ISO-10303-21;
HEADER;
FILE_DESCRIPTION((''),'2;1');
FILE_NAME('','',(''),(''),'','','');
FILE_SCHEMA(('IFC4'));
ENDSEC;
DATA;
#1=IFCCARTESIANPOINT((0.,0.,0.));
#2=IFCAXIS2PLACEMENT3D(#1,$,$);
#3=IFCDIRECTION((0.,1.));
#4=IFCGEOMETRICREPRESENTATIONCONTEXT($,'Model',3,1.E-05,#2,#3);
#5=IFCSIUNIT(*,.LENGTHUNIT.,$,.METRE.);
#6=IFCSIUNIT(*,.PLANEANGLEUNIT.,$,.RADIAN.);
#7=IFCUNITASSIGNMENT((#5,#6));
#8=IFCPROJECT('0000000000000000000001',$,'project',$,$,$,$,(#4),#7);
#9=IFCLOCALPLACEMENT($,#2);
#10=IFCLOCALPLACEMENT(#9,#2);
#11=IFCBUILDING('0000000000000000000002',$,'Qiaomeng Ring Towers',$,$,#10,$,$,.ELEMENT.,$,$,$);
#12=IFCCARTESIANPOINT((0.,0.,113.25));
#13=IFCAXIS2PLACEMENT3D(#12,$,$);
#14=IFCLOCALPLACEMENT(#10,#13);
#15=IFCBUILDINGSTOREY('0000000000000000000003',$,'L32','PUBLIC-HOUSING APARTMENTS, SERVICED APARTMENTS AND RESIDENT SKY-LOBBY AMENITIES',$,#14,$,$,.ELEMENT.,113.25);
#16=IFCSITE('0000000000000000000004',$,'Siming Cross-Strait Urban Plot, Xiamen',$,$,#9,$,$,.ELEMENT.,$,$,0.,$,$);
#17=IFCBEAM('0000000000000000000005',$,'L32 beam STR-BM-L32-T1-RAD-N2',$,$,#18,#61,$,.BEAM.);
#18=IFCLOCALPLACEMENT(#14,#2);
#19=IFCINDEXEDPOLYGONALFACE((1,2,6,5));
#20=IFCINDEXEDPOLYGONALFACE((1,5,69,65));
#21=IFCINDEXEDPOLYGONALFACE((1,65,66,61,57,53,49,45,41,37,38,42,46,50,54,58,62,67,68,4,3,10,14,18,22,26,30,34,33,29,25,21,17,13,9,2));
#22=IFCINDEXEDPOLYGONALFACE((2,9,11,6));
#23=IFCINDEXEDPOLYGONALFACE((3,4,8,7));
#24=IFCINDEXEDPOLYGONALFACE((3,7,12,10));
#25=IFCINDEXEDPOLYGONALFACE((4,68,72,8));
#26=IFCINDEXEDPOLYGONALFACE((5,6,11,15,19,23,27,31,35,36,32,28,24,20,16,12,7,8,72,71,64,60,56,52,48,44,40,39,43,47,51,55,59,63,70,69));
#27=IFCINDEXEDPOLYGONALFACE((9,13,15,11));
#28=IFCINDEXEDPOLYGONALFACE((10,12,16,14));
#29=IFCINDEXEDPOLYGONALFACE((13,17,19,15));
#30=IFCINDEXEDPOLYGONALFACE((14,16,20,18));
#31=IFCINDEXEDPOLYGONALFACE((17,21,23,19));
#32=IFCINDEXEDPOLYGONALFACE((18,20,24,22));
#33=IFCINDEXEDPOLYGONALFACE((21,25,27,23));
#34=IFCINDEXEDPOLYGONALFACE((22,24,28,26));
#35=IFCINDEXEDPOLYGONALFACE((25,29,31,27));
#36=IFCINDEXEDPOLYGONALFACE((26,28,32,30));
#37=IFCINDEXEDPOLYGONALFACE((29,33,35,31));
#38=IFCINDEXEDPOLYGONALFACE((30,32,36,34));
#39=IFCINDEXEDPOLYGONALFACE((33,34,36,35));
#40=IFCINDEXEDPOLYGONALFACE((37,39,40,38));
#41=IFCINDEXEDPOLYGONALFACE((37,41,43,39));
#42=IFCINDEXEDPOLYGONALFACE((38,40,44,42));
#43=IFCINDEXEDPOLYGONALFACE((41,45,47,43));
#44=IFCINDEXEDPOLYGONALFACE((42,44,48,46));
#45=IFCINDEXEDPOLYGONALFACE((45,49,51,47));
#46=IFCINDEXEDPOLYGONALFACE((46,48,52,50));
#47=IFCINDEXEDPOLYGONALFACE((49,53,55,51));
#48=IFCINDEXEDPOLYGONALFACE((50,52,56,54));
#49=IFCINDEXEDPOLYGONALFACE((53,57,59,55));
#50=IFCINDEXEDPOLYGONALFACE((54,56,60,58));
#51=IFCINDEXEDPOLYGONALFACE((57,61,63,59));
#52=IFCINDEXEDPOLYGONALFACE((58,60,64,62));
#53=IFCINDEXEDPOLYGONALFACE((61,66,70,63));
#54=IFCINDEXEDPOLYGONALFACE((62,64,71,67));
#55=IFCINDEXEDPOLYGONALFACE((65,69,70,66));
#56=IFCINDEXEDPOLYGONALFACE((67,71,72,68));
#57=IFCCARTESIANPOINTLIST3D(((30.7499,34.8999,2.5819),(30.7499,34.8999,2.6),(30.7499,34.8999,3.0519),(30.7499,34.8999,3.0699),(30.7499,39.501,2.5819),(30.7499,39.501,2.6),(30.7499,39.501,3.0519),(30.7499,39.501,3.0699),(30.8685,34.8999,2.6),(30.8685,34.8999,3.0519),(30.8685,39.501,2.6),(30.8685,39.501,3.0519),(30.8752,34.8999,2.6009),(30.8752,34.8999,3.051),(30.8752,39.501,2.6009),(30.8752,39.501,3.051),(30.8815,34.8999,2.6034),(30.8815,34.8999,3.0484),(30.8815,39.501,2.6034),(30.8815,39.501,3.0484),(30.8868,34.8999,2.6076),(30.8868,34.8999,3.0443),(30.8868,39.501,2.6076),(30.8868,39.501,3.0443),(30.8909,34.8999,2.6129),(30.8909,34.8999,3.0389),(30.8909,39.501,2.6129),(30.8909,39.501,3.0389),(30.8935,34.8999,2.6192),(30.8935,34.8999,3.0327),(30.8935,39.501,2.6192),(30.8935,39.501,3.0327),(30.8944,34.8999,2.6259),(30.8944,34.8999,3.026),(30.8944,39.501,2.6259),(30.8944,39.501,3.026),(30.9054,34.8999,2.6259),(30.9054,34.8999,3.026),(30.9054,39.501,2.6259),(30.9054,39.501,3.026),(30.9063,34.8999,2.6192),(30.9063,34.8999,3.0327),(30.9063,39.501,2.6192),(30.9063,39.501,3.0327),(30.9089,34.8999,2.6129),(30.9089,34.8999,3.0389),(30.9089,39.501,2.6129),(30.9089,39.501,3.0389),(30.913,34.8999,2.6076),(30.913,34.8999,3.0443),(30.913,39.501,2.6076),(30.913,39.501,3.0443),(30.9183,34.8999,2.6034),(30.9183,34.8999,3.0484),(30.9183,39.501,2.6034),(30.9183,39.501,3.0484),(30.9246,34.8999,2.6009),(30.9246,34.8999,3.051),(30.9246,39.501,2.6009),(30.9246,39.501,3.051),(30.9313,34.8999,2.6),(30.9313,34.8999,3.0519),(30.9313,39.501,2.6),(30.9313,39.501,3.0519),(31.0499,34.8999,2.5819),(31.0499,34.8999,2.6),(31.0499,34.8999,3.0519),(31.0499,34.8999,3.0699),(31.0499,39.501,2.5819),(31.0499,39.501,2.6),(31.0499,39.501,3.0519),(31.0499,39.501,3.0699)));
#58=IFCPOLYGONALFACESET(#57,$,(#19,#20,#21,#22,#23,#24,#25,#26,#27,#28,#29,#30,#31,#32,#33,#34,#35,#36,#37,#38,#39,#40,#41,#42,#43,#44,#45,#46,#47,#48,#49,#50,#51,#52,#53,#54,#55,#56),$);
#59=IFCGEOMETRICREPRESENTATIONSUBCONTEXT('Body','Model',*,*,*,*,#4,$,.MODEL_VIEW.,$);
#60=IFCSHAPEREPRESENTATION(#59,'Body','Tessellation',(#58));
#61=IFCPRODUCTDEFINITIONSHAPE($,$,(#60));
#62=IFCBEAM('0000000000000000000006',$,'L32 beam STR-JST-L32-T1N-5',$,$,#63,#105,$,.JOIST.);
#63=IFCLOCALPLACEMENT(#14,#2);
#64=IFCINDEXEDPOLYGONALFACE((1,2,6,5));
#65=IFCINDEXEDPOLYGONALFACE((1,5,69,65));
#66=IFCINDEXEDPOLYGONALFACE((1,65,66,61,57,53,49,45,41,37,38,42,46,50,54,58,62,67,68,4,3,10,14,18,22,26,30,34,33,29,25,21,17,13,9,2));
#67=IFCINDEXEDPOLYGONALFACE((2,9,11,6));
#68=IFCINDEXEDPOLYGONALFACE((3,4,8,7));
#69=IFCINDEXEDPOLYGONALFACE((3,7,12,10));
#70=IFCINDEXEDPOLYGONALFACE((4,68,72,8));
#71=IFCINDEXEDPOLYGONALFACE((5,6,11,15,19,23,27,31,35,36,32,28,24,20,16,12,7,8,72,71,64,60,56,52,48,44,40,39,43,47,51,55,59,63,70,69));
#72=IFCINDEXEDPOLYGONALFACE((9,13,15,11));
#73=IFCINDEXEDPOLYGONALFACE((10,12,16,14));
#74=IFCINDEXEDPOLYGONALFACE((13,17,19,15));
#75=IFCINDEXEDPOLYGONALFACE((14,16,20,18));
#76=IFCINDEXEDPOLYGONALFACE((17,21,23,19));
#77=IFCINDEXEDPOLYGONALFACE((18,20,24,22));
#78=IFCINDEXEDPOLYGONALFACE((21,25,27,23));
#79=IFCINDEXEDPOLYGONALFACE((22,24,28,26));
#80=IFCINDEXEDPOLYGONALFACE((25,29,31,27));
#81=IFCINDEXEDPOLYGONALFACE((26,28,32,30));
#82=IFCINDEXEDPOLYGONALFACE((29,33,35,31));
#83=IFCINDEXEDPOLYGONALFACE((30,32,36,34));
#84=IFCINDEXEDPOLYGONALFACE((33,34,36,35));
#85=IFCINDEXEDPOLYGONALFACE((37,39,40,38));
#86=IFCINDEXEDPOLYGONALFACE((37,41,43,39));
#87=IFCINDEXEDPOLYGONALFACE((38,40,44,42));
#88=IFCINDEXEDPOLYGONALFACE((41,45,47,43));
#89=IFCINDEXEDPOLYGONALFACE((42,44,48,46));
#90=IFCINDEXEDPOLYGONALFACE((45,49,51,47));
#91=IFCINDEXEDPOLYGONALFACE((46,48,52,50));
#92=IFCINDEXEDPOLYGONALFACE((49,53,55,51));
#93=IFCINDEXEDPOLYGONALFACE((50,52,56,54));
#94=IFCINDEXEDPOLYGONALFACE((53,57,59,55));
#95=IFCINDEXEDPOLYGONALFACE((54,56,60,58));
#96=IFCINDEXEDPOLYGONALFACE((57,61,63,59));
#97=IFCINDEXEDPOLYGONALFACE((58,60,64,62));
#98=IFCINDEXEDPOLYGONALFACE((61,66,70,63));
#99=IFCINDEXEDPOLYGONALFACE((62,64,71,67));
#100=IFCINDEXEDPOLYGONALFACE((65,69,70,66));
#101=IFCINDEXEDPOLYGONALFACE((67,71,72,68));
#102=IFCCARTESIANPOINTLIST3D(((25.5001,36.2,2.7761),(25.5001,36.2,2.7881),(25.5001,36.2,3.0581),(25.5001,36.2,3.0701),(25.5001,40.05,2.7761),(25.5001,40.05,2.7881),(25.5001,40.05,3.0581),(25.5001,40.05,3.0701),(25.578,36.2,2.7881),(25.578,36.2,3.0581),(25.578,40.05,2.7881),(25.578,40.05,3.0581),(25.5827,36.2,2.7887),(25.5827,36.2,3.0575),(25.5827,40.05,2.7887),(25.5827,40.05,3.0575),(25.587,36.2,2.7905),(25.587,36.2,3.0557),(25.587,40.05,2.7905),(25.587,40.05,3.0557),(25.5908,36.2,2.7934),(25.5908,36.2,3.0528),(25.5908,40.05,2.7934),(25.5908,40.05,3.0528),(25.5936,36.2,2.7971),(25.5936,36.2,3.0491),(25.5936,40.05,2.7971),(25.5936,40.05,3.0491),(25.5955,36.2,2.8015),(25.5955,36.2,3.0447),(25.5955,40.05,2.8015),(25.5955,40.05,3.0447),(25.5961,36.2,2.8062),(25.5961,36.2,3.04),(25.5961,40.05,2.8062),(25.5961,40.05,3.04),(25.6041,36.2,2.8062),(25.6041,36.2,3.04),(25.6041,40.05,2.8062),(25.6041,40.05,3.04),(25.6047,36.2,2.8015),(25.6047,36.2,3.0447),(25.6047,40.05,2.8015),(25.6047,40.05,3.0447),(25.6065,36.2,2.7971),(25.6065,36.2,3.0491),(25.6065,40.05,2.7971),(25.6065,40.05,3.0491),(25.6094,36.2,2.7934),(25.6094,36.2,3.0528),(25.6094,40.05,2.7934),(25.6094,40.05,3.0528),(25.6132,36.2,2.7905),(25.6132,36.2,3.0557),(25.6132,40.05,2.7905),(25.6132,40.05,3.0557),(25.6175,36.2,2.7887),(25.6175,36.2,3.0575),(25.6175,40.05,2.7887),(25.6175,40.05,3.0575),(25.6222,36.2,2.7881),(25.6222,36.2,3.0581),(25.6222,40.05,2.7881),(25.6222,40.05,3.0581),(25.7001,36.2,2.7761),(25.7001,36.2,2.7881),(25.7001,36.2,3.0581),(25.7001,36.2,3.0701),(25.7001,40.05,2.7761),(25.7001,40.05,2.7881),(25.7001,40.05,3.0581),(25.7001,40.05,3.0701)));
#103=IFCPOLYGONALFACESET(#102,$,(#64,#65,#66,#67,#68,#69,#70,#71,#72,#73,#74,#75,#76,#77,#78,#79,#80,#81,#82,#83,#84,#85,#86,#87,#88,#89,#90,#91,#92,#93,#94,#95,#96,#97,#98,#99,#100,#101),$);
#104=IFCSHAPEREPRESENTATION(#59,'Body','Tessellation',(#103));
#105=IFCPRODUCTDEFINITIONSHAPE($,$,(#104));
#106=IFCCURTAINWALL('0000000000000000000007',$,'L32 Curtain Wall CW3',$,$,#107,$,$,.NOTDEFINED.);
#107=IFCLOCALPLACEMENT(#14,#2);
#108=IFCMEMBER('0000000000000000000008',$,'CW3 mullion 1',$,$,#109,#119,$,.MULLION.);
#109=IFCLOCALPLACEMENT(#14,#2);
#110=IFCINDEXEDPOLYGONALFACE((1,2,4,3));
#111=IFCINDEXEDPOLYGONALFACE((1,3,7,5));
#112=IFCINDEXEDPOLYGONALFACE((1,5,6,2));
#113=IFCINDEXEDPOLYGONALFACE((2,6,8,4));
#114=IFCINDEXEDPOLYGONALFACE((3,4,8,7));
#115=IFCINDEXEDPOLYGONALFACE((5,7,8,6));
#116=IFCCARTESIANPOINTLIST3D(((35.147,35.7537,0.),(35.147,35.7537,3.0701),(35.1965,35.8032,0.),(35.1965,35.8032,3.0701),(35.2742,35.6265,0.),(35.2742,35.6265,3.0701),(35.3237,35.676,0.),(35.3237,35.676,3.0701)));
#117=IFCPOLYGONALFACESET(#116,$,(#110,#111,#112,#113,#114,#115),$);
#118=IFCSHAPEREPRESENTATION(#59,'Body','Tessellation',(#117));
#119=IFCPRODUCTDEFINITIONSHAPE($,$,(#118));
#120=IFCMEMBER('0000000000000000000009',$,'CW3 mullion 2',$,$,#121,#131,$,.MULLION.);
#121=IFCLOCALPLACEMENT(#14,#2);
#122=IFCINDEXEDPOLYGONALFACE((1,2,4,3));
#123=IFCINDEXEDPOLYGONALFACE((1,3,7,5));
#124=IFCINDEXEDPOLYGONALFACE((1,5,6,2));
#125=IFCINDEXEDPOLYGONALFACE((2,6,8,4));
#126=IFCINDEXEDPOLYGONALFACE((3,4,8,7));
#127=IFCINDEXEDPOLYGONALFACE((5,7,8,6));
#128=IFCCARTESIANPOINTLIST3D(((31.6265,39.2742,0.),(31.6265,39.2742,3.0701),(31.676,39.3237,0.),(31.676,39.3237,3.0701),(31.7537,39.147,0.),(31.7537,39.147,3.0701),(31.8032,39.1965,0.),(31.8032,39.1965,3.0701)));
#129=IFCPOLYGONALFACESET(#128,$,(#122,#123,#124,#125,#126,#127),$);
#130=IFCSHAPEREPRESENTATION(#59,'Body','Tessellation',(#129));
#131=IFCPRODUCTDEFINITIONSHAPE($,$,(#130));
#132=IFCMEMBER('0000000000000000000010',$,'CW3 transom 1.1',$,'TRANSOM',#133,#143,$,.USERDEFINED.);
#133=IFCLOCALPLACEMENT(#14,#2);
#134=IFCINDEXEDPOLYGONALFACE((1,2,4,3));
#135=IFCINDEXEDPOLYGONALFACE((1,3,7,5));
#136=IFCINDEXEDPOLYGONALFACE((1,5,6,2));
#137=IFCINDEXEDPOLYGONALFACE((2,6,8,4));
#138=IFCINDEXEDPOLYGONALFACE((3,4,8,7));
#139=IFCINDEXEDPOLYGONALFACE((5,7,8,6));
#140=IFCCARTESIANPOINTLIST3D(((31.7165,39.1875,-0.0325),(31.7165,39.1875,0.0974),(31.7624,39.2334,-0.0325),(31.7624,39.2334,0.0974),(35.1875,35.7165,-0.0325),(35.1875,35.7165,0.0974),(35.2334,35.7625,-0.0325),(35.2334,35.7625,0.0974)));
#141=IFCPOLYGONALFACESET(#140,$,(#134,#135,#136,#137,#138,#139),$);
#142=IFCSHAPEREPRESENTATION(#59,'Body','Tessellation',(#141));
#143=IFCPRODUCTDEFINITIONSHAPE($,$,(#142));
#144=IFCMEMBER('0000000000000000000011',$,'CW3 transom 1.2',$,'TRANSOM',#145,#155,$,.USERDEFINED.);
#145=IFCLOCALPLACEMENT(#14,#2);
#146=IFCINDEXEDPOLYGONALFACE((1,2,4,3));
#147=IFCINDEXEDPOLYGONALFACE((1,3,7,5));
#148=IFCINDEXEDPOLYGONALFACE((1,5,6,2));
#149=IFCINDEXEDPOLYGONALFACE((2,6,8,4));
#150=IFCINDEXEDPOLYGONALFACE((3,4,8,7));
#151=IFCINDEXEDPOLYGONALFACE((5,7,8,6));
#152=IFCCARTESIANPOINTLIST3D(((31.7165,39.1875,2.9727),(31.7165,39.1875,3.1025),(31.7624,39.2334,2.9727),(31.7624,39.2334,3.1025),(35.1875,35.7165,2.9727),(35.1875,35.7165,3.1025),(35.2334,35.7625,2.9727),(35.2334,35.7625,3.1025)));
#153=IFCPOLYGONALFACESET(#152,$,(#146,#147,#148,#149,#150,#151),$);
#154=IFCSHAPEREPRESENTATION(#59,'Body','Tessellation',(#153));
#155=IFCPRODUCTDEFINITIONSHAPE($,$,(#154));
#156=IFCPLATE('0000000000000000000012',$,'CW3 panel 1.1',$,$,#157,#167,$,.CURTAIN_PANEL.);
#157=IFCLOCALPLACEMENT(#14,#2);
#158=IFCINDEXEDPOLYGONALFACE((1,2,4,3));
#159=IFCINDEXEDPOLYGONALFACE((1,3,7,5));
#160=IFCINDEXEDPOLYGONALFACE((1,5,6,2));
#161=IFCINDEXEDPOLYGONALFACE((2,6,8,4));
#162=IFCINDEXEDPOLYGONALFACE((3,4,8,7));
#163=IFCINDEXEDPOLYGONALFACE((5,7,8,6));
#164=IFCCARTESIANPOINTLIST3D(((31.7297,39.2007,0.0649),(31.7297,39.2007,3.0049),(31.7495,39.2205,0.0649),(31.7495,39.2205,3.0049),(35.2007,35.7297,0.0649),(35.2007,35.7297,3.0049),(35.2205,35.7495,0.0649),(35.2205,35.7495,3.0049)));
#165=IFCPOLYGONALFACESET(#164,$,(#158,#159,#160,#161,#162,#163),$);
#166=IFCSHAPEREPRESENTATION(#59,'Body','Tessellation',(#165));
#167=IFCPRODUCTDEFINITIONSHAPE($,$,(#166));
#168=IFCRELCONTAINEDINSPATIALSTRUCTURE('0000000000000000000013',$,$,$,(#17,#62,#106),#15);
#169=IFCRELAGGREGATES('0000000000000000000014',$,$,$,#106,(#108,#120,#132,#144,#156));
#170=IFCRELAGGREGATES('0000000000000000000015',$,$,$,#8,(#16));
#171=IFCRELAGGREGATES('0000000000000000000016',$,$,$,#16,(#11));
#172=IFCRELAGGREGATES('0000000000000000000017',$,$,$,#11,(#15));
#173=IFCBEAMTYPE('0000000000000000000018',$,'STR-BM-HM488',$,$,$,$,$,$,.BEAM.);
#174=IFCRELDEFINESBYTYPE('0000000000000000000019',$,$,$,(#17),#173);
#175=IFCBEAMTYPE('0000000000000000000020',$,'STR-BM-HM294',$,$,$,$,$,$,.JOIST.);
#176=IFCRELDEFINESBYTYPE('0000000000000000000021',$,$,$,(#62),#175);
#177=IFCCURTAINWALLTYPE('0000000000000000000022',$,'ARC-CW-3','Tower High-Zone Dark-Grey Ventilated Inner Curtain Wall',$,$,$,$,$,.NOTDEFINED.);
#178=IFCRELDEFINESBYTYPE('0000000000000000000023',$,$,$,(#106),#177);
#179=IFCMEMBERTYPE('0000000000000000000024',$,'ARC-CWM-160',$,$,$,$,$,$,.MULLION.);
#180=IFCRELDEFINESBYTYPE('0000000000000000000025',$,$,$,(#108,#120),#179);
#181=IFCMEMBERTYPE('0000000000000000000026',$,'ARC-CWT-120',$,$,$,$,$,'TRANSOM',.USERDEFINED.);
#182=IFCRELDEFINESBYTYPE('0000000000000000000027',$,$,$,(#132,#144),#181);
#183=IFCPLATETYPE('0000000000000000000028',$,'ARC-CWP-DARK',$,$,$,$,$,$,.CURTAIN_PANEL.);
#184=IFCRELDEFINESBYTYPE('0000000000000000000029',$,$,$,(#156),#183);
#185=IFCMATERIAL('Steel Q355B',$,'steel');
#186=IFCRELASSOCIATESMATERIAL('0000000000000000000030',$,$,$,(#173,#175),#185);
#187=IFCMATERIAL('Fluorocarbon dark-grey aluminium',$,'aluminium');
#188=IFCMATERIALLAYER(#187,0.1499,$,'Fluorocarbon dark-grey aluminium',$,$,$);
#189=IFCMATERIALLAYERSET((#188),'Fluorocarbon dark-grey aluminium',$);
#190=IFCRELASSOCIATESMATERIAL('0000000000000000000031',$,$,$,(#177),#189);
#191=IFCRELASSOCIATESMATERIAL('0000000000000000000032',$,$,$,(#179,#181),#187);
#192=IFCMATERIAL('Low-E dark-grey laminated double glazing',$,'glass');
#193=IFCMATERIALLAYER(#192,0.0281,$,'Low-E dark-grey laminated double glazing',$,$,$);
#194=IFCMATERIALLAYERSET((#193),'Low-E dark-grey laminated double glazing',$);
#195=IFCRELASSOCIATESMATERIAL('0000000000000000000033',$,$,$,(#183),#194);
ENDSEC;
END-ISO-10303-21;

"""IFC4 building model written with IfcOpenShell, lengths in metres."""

from ifc_helpers import new_model, si_unit, direction, frame, origin, origin_2d, place, context, subcontext, project, spatial, rectangle, i_section, extrude, source, transform, mapped, material, layer, layer_set, material_profile, profile_set, type_object, element, aggregate, save


model = new_model("IFC4")

# Units and contexts
model_context = context("Model", 3, precision=1e-05, world=origin(), true_north=direction((0.0, 1.0)))
body_context = subcontext(model_context, "Body", "Model", "MODEL_VIEW")
ifc_project = project(units=[si_unit("LENGTHUNIT", "METRE"), si_unit("PLANEANGLEUNIT", "RADIAN")], contexts=[model_context])

# Site, building, storey
site_placement = place(None, origin())
site = spatial("IfcSite", under=ifc_project, at=site_placement, Name="Siming Cross-Strait Urban Plot, Xiamen", CompositionType="ELEMENT", RefElevation=0.0)
building_placement = place(site_placement, origin())
building = spatial("IfcBuilding", under=site, at=building_placement, Name="Qiaomeng Ring Towers", CompositionType="ELEMENT")
storey_placement = place(building_placement, frame((0.0, 0.0, 113.25)))
storey = spatial("IfcBuildingStorey", under=building, at=storey_placement, Name="L32", Description="PUBLIC-HOUSING APARTMENTS, SERVICED APARTMENTS AND RESIDENT SKY-LOBBY AMENITIES", CompositionType="ELEMENT", Elevation=113.25)

# Beams
ifc_material_1 = material(Name="Steel Q355B", Category="steel")
ifc_material_profile_1 = material_profile(ifc_material_1, i_section(OverallWidth=0.3, OverallDepth=0.488, WebThickness=0.011, FlangeThickness=0.0181, FilletRadius=0.0259, at=origin_2d()), Name="HM 488x300x11x18")
ifc_profile_set_1 = profile_set([ifc_material_profile_1], Name="Steel Q355B")
beam_type_1 = type_object("IfcBeamType", Name="STR-BM-HM488", PredefinedType="BEAM", material=ifc_profile_set_1)
shared_shape_1 = source(origin(), body_context, "Body", "SweptSolid", [
    extrude(i_section(OverallWidth=0.3, OverallDepth=0.488, WebThickness=0.011, FlangeThickness=0.0181, FilletRadius=0.0259, at=origin_2d()), origin(), (0.0, 0.0, 1.0), 4.6011),
])
beam_1_placement = place(storey_placement, frame((30.8999, 39.501, 2.8259), z_axis=(0.0, -1.0, 0.0), x_axis=(1.0, 0.0, 0.0)))
element("IfcBeam", 1, at=beam_1_placement, inside=storey, type_object=beam_type_1, Name="L32 beam STR-BM-L32-T1-RAD-N2", PredefinedType="BEAM", context=body_context, shape_type="MappedRepresentation", body=[
    mapped(shared_shape_1, transform((0.0, 0.0, 0.0), x_axis=(1.0, 0.0, 0.0), y_axis=(0.0, 1.0, 0.0), z_axis=(0.0, 0.0, 1.0), scale=1.0)),
])
ifc_material_profile_2 = material_profile(ifc_material_1, i_section(OverallWidth=0.2, OverallDepth=0.2939, WebThickness=0.0081, FlangeThickness=0.012, FilletRadius=0.0181, at=origin_2d()), Name="HM 294x200x8x12")
ifc_profile_set_2 = profile_set([ifc_material_profile_2], Name="Steel Q355B")
beam_type_2 = type_object("IfcBeamType", Name="STR-BM-HM294", PredefinedType="JOIST", material=ifc_profile_set_2)
shared_shape_2 = source(origin(), body_context, "Body", "SweptSolid", [
    extrude(i_section(OverallWidth=0.2, OverallDepth=0.2939, WebThickness=0.0081, FlangeThickness=0.012, FilletRadius=0.0181, at=origin_2d()), origin(), (0.0, 0.0, 1.0), 3.8501),
])
beam_2_placement = place(storey_placement, frame((25.6001, 36.2, 2.9231), z_axis=(0.0, 1.0, 0.0), x_axis=(-1.0, 0.0, 0.0)))
element("IfcBeam", 2, at=beam_2_placement, inside=storey, type_object=beam_type_2, Name="L32 beam STR-JST-L32-T1N-5", PredefinedType="JOIST", context=body_context, shape_type="MappedRepresentation", body=[
    mapped(shared_shape_2, transform((0.0, 0.0, 0.0), x_axis=(1.0, 0.0, 0.0), y_axis=(0.0, 1.0, 0.0), z_axis=(0.0, 0.0, 1.0), scale=1.0)),
])

# Curtain wall, members, plate
ifc_material_2 = material(Name="Fluorocarbon dark-grey aluminium", Category="aluminium")
ifc_layer_1 = layer(ifc_material_2, 0.1499, Name="Fluorocarbon dark-grey aluminium")
ifc_layer_set_1 = layer_set([ifc_layer_1], Name="Fluorocarbon dark-grey aluminium")
curtain_wall_type = type_object("IfcCurtainWallType", Name="ARC-CW-3", Description="Tower High-Zone Dark-Grey Ventilated Inner Curtain Wall", PredefinedType="NOTDEFINED", material=ifc_layer_set_1)
curtain_wall_placement = place(storey_placement, origin())
curtain_wall = element("IfcCurtainWall", 3, at=curtain_wall_placement, inside=storey, type_object=curtain_wall_type, Name="L32 Curtain Wall CW3", PredefinedType="NOTDEFINED")
ifc_material_profile_3 = material_profile(ifc_material_2, rectangle(XDim=0.0701, YDim=0.1799, at=origin_2d()), Name="ALU MULL 70x180")
ifc_profile_set_3 = profile_set([ifc_material_profile_3], Name="Fluorocarbon dark-grey aluminium")
member_type_1 = type_object("IfcMemberType", Name="ARC-CWM-160", PredefinedType="MULLION", material=ifc_profile_set_3)
shared_shape_3 = source(origin(), body_context, "Body", "SweptSolid", [
    extrude(rectangle(XDim=0.0701, YDim=0.1799, at=origin_2d()), origin(), (0.0, 0.0, 1.0), 3.0701),
])
member_1_placement = place(storey_placement, frame((35.2354, 35.7148, 0.0), z_axis=(0.0, 0.0, 1.0), x_axis=(-0.707107, -0.707107, 0.0)))
member_1 = element("IfcMember", 4, at=member_1_placement, type_object=member_type_1, Name="CW3 mullion 1", PredefinedType="MULLION", context=body_context, shape_type="MappedRepresentation", body=[
    mapped(shared_shape_3, transform((0.0, 0.0, 0.0), x_axis=(1.0, 0.0, 0.0), y_axis=(0.0, 1.0, 0.0), z_axis=(0.0, 0.0, 1.0), scale=1.0)),
])
member_2_placement = place(storey_placement, frame((31.7148, 39.2354, 0.0), z_axis=(0.0, 0.0, 1.0), x_axis=(-0.707107, -0.707107, 0.0)))
member_2 = element("IfcMember", 5, at=member_2_placement, type_object=member_type_1, Name="CW3 mullion 2", PredefinedType="MULLION", context=body_context, shape_type="MappedRepresentation", body=[
    mapped(shared_shape_3, transform((0.0, 0.0, 0.0), x_axis=(1.0, 0.0, 0.0), y_axis=(0.0, 1.0, 0.0), z_axis=(0.0, 0.0, 1.0), scale=1.0)),
])
ifc_material_profile_4 = material_profile(ifc_material_2, rectangle(XDim=0.0649, YDim=0.1299, at=origin_2d()), Name="ALU TRAN 65x130")
ifc_profile_set_4 = profile_set([ifc_material_profile_4], Name="Fluorocarbon dark-grey aluminium")
member_type_2 = type_object("IfcMemberType", Name="ARC-CWT-120", ElementType="TRANSOM", PredefinedType="USERDEFINED", material=ifc_profile_set_4)
shared_shape_4 = source(origin(), body_context, "Body", "SweptSolid", [
    extrude(rectangle(XDim=0.0649, YDim=0.1299, at=origin_2d()), origin(), (0.0, 0.0, 1.0), 4.9087),
])
member_3_placement = place(storey_placement, frame((35.2104, 35.7395, 0.0325), z_axis=(-0.707107, 0.707107, 0.0), x_axis=(-0.707107, -0.707107, 0.0)))
member_3 = element("IfcMember", 6, at=member_3_placement, type_object=member_type_2, Name="CW3 transom 1.1", ObjectType="TRANSOM", PredefinedType="USERDEFINED", context=body_context, shape_type="MappedRepresentation", body=[
    mapped(shared_shape_4, transform((0.0, 0.0, 0.0), x_axis=(1.0, 0.0, 0.0), y_axis=(0.0, 1.0, 0.0), z_axis=(0.0, 0.0, 1.0), scale=1.0)),
])
member_4_placement = place(storey_placement, frame((35.2104, 35.7395, 3.0376), z_axis=(-0.707107, 0.707107, 0.0), x_axis=(-0.707107, -0.707107, 0.0)))
member_4 = element("IfcMember", 7, at=member_4_placement, type_object=member_type_2, Name="CW3 transom 1.2", ObjectType="TRANSOM", PredefinedType="USERDEFINED", context=body_context, shape_type="MappedRepresentation", body=[
    mapped(shared_shape_4, transform((0.0, 0.0, 0.0), x_axis=(1.0, 0.0, 0.0), y_axis=(0.0, 1.0, 0.0), z_axis=(0.0, 0.0, 1.0), scale=1.0)),
])
ifc_material_3 = material(Name="Low-E dark-grey laminated double glazing", Category="glass")
ifc_layer_2 = layer(ifc_material_3, 0.0281, Name="Low-E dark-grey laminated double glazing")
ifc_layer_set_2 = layer_set([ifc_layer_2], Name="Low-E dark-grey laminated double glazing")
plate_type = type_object("IfcPlateType", Name="ARC-CWP-DARK", PredefinedType="CURTAIN_PANEL", material=ifc_layer_set_2)
shared_shape_5 = source(origin(), body_context, "Body", "SweptSolid", [
    extrude(rectangle(XDim=4.9087, YDim=0.0281, at=origin_2d()), origin(), (0.0, 0.0, 1.0), 2.9399),
])
plate_placement = place(storey_placement, frame((33.4751, 37.4751, 0.0649), z_axis=(0.0, 0.0, 1.0), x_axis=(-0.707107, 0.707107, 0.0)))
plate = element("IfcPlate", 8, at=plate_placement, type_object=plate_type, Name="CW3 panel 1.1", PredefinedType="CURTAIN_PANEL", context=body_context, shape_type="MappedRepresentation", body=[
    mapped(shared_shape_5, transform((0.0, 0.0, 0.0), x_axis=(1.0, 0.0, 0.0), y_axis=(0.0, 1.0, 0.0), z_axis=(0.0, 0.0, 1.0), scale=1.0)),
])
aggregate(curtain_wall, [member_1, member_2, member_3, member_4, plate])

save(model, "model.ifc")
